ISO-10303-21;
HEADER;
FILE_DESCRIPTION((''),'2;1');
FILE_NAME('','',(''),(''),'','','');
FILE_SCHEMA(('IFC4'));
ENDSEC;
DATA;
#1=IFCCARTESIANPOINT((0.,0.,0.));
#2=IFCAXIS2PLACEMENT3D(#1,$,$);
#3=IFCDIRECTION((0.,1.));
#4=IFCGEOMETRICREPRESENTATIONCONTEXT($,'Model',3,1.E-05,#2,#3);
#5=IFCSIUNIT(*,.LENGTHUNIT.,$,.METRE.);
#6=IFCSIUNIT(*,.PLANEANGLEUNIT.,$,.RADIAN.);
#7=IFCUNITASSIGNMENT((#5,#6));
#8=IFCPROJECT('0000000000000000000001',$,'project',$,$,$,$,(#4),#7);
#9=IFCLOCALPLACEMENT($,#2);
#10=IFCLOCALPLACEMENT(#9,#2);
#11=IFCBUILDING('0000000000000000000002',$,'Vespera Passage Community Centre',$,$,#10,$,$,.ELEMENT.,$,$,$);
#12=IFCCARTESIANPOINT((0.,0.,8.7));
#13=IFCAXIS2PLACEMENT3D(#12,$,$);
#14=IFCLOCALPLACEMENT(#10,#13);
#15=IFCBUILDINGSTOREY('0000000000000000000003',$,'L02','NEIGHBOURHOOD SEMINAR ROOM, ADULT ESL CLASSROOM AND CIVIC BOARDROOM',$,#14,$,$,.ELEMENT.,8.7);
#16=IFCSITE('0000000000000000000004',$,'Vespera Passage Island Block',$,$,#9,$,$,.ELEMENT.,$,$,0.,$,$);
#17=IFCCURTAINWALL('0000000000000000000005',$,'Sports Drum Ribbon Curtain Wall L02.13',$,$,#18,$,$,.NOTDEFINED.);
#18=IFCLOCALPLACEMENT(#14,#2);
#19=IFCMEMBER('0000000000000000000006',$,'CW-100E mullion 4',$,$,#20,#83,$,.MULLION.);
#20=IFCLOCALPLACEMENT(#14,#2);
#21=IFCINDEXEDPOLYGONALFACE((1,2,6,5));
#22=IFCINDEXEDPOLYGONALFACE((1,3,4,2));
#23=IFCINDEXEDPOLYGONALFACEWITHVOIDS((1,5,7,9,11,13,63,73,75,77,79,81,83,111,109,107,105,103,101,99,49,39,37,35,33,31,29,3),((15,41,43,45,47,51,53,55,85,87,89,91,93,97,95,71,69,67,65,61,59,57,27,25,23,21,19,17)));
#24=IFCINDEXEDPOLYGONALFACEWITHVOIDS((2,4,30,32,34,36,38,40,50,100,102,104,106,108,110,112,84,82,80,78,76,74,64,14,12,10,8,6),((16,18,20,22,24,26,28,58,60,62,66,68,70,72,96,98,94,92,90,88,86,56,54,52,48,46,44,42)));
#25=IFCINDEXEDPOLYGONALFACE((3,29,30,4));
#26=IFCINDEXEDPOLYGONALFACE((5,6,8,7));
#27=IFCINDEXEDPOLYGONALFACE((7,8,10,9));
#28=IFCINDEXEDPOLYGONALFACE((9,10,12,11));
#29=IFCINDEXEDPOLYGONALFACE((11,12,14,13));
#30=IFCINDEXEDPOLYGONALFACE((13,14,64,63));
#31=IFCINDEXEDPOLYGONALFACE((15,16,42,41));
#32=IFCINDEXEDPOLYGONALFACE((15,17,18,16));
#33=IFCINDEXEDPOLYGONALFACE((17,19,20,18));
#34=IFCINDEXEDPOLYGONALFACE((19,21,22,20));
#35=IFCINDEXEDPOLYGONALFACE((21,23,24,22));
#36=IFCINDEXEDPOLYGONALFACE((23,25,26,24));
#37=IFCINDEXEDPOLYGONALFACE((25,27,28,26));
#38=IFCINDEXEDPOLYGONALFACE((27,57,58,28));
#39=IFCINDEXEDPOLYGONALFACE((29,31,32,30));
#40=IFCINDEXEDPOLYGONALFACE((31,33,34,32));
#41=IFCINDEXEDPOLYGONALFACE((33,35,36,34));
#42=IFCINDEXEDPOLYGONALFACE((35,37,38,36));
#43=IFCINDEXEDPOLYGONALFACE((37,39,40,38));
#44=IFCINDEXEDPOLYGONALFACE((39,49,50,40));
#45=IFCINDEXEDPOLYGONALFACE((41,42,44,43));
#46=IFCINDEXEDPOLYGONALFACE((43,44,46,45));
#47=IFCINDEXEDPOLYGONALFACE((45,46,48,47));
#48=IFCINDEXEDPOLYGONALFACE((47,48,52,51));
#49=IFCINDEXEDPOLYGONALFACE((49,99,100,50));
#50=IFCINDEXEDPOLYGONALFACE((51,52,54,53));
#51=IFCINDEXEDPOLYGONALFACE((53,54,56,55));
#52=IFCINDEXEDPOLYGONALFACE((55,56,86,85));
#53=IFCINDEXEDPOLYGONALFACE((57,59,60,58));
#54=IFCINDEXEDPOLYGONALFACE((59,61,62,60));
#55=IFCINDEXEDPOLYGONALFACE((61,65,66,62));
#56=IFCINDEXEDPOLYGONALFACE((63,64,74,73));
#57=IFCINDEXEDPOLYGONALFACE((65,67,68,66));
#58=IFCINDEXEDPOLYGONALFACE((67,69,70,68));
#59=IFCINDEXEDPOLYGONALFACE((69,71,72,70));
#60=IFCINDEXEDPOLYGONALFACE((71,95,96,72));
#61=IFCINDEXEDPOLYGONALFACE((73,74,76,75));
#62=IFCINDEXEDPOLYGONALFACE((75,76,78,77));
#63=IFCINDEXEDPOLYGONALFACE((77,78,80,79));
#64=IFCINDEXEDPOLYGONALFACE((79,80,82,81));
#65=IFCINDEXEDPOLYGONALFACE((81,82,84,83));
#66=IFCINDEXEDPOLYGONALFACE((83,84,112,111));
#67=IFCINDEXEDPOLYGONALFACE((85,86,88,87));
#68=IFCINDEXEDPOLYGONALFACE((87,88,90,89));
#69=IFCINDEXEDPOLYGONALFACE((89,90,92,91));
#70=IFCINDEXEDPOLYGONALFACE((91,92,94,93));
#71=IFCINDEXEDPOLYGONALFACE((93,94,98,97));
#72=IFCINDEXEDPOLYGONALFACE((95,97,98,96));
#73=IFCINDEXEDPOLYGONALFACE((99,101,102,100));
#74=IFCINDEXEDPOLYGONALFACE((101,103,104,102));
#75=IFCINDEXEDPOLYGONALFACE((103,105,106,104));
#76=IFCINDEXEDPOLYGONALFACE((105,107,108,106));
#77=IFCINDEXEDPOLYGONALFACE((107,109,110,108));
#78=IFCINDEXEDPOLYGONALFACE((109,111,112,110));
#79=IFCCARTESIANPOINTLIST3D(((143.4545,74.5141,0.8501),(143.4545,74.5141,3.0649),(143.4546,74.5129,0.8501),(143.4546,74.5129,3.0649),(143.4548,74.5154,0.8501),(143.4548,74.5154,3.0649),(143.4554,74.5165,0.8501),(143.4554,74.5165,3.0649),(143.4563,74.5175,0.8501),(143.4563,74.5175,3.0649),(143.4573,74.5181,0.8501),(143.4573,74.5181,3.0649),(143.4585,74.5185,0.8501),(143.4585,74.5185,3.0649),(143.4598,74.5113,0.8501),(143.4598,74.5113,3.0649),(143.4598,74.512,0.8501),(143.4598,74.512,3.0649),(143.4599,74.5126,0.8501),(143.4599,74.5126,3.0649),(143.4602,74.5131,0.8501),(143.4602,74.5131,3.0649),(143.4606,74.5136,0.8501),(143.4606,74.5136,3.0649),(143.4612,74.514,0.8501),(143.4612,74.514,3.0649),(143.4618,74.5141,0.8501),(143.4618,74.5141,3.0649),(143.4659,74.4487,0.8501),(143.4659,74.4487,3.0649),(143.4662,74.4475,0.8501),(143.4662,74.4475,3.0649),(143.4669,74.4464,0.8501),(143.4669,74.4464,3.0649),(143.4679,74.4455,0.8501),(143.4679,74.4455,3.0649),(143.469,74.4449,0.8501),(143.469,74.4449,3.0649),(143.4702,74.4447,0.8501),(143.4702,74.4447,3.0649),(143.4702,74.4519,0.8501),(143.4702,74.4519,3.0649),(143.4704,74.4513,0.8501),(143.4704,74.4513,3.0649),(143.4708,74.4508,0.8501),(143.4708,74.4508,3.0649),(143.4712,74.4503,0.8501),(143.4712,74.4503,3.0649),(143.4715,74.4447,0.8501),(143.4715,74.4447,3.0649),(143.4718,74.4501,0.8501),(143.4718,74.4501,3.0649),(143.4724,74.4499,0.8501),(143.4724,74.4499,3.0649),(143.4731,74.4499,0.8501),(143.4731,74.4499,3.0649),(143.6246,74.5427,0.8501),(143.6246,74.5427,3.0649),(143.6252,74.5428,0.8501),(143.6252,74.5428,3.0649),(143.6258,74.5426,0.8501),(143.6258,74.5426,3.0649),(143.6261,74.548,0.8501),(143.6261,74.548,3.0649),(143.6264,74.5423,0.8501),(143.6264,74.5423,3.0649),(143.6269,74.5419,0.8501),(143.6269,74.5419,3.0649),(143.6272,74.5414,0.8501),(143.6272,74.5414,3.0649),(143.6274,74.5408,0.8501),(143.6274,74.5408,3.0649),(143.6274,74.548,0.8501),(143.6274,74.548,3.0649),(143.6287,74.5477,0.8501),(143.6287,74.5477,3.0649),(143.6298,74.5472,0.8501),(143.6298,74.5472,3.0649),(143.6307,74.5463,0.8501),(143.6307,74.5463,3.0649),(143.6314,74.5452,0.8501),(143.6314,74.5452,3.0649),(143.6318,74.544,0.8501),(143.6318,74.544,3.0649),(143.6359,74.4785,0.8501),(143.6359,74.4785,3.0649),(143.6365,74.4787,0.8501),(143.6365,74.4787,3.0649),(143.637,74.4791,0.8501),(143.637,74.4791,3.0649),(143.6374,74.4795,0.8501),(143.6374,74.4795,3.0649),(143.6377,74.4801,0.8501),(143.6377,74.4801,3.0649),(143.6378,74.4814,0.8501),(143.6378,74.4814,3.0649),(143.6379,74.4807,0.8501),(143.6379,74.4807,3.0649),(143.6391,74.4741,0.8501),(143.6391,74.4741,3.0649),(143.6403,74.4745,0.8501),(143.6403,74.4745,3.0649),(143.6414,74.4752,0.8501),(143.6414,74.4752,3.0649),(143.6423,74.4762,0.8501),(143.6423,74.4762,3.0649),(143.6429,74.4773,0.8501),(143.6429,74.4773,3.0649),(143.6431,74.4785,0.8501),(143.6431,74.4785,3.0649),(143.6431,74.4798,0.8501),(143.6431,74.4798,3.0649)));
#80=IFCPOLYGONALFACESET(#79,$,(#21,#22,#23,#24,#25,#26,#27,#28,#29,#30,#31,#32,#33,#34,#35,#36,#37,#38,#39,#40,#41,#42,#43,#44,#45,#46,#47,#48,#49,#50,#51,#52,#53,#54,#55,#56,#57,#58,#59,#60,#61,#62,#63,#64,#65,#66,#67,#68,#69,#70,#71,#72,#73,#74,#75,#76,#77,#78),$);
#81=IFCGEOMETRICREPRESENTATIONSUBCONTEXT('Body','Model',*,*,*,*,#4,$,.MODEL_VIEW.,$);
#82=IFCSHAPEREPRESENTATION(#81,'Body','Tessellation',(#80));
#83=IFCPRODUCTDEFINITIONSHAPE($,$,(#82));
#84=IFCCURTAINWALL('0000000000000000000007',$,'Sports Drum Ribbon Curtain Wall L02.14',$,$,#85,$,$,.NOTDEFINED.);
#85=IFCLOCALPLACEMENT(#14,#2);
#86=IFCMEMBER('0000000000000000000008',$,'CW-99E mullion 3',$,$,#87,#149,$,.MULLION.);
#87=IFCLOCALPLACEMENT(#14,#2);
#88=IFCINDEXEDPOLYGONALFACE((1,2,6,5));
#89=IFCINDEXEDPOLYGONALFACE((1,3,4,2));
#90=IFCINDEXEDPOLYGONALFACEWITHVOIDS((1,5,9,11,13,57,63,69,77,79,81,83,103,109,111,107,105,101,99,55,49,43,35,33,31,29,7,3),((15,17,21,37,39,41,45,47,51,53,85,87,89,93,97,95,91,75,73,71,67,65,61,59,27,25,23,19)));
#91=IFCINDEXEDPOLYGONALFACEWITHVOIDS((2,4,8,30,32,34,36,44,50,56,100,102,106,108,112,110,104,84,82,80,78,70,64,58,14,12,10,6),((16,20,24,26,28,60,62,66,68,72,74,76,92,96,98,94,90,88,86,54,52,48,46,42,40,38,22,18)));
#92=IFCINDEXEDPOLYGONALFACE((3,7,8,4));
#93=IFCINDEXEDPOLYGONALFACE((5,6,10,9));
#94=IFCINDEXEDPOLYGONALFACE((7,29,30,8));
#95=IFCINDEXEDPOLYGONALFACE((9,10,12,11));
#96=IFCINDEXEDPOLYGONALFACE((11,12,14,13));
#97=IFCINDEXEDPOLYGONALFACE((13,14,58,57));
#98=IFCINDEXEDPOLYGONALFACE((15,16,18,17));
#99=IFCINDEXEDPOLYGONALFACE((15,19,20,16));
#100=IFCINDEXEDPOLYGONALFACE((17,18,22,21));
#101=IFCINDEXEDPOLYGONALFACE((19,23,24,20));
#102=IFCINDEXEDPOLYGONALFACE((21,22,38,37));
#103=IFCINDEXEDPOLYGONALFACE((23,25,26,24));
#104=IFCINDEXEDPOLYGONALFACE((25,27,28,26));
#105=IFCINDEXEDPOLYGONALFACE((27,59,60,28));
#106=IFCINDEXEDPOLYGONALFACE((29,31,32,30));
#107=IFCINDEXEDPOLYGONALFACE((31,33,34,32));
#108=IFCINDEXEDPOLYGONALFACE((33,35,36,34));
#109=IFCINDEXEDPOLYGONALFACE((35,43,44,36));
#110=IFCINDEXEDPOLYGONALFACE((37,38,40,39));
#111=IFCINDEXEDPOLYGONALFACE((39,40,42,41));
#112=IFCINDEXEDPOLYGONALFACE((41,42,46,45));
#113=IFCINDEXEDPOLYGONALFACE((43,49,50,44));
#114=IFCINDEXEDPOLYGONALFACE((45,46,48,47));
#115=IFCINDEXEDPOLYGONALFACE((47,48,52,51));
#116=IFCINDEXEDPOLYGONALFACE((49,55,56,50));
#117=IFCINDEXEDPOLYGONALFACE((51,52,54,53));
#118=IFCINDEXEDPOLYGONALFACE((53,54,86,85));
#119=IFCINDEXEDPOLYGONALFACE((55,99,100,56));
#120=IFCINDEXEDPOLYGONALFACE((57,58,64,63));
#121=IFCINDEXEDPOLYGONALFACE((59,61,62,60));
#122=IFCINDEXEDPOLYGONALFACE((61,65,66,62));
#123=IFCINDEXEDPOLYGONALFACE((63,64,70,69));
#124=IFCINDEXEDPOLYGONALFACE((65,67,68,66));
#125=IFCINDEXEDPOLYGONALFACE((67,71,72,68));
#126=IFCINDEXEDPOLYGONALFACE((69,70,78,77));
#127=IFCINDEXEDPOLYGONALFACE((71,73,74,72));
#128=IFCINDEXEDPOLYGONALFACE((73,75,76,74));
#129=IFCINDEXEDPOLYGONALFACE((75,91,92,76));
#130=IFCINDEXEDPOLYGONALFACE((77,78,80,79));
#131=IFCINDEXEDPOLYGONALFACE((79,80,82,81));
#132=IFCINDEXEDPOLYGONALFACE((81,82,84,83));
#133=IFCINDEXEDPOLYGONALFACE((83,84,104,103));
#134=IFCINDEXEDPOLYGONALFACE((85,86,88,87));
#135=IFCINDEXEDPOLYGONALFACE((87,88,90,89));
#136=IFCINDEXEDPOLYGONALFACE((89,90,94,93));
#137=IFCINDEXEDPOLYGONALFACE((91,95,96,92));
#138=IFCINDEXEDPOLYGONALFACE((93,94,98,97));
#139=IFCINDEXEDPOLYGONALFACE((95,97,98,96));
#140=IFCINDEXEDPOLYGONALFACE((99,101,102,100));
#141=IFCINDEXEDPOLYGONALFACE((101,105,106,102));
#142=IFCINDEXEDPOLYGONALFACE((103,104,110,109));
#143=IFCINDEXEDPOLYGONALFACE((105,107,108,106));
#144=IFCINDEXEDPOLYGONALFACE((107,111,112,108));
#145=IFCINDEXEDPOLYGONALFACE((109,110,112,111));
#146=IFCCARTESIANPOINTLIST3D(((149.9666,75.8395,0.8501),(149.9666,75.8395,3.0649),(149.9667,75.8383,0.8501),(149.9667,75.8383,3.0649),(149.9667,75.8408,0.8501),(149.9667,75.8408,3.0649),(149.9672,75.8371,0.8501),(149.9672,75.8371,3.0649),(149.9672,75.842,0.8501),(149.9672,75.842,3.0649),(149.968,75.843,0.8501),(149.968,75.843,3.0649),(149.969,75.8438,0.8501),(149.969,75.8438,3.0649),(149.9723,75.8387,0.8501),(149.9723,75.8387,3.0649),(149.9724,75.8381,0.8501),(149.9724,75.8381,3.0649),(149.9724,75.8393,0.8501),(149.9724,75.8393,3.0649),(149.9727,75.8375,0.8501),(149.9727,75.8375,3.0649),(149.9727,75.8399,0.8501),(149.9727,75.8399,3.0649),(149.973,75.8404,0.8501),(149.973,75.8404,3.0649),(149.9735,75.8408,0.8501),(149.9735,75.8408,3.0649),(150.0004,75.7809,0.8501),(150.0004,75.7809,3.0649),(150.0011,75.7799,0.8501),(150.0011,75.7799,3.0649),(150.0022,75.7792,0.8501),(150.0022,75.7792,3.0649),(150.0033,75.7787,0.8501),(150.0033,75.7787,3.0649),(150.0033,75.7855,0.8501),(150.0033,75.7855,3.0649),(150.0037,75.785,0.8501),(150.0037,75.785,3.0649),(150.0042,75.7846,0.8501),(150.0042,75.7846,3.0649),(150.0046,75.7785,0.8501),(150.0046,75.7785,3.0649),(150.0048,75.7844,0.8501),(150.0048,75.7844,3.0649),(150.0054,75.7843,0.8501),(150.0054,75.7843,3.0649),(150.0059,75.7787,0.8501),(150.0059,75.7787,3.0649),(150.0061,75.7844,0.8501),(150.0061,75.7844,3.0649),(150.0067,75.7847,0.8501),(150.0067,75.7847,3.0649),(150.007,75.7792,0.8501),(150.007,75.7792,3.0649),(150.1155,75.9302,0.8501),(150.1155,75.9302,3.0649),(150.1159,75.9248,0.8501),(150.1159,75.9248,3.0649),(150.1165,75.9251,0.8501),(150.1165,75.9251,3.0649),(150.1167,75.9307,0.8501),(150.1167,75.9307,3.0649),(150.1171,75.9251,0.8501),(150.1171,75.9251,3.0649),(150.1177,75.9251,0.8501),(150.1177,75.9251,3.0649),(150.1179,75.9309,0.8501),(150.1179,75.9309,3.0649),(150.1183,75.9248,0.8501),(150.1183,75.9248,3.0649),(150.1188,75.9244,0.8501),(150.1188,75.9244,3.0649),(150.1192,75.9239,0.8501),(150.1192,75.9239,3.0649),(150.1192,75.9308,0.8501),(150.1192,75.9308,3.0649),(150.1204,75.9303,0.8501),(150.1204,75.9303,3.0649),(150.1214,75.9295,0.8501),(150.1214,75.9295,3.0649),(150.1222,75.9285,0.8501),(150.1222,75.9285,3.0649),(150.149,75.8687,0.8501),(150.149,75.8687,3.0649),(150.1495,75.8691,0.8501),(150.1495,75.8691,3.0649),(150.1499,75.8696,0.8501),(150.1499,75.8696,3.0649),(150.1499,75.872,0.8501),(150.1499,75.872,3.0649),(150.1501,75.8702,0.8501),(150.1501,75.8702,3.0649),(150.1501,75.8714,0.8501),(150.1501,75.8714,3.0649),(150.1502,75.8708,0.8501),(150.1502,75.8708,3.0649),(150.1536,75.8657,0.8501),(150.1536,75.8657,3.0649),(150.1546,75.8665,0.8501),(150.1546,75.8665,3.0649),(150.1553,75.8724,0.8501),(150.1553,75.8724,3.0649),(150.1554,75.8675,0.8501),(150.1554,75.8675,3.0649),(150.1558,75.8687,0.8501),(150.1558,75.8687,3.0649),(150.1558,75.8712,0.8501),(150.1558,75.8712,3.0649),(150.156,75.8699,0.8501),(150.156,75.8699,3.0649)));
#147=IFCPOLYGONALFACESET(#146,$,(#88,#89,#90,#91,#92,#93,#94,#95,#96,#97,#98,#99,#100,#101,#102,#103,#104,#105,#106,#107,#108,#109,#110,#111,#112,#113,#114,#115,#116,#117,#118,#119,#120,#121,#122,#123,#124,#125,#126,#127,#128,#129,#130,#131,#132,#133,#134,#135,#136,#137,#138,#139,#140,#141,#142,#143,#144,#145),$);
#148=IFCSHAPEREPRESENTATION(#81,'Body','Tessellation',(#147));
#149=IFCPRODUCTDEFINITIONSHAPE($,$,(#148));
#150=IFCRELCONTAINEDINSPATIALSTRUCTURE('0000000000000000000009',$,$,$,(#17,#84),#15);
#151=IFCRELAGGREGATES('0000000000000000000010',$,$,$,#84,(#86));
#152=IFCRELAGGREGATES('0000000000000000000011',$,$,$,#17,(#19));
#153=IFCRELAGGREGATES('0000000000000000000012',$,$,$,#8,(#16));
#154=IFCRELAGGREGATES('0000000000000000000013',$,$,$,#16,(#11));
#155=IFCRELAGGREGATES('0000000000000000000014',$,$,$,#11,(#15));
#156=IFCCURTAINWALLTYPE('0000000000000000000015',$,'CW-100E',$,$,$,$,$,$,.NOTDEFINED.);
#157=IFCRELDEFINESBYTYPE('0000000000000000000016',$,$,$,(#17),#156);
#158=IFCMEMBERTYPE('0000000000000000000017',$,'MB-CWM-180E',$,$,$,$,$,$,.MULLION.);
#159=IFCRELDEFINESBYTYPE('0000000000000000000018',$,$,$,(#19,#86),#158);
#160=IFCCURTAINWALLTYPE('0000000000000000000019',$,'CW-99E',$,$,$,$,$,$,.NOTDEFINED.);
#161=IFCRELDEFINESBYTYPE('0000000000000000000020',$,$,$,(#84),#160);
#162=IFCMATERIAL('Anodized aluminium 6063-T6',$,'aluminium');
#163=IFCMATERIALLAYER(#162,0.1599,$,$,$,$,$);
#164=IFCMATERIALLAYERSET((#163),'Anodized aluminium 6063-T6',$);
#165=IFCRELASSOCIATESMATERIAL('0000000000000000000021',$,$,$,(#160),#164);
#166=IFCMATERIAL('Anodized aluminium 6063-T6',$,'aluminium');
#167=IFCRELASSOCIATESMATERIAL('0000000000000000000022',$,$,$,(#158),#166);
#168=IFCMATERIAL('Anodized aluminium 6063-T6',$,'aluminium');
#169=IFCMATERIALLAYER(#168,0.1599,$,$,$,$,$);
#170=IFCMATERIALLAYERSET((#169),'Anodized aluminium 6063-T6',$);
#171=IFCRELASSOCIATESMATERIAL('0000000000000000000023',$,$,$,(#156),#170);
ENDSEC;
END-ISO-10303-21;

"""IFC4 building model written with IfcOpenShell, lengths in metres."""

from ifc_helpers import new_model, si_unit, direction, frame, origin, origin_2d, place, context, subcontext, project, spatial, hollow_rectangle, extrude, material, layer, layer_set, material_profile, profile_set, type_object, element, aggregate, save


model = new_model("IFC4")

# Units and contexts
model_context = context("Model", 3, precision=1e-05, world=origin(), true_north=direction((0.0, 1.0)))
body_context = subcontext(model_context, "Body", "Model", "MODEL_VIEW")
ifc_project = project(units=[si_unit("LENGTHUNIT", "METRE"), si_unit("PLANEANGLEUNIT", "RADIAN")], contexts=[model_context])

# Site, building, storey
site_placement = place(None, origin())
site = spatial("IfcSite", under=ifc_project, at=site_placement, Name="Vespera Passage Island Block", CompositionType="ELEMENT", RefElevation=0.0)
building_placement = place(site_placement, origin())
building = spatial("IfcBuilding", under=site, at=building_placement, Name="Vespera Passage Community Centre", CompositionType="ELEMENT")
storey_placement = place(building_placement, frame((0.0, 0.0, 8.7)))
storey = spatial("IfcBuildingStorey", under=building, at=storey_placement, Name="L02", Description="NEIGHBOURHOOD SEMINAR ROOM, ADULT ESL CLASSROOM AND CIVIC BOARDROOM", CompositionType="ELEMENT", Elevation=8.7)

# Shared definitions
ifc_material_1 = material(Name="Anodized aluminium 6063-T6", Category="aluminium")
ifc_layer_1 = layer(ifc_material_1, 0.1599)
ifc_layer_set_1 = layer_set([ifc_layer_1], Name="Anodized aluminium 6063-T6")
curtain_wall_type_1 = type_object("IfcCurtainWallType", Name="CW-99E", PredefinedType="NOTDEFINED", material=ifc_layer_set_1)
ifc_material_2 = material(Name="Anodized aluminium 6063-T6", Category="aluminium")
ifc_material_profile_1 = material_profile(ifc_material_2, hollow_rectangle(XDim=0.075, YDim=0.1799, WallThickness=0.0049, InnerFilletRadius=0.0024, OuterFilletRadius=0.0049, at=origin_2d()), Name="ALU180X75X5")
ifc_profile_set_1 = profile_set([ifc_material_profile_1], Name="Anodized aluminium 6063-T6")
member_type_1 = type_object("IfcMemberType", Name="MB-CWM-180E", PredefinedType="MULLION", material=ifc_profile_set_1)

# Curtain wall, member
ifc_material_3 = material(Name="Anodized aluminium 6063-T6", Category="aluminium")
ifc_layer_2 = layer(ifc_material_3, 0.1599)
ifc_layer_set_2 = layer_set([ifc_layer_2], Name="Anodized aluminium 6063-T6")
curtain_wall_type_2 = type_object("IfcCurtainWallType", Name="CW-100E", PredefinedType="NOTDEFINED", material=ifc_layer_set_2)
curtain_wall_1_placement = place(storey_placement, origin())
curtain_wall_1 = element("IfcCurtainWall", 1, at=curtain_wall_1_placement, inside=storey, type_object=curtain_wall_type_2, Name="Sports Drum Ribbon Curtain Wall L02.13", PredefinedType="NOTDEFINED")
member_1_placement = place(storey_placement, frame((143.5488, 74.4963, 0.8501), z_axis=(0.0, 0.0, 1.0), x_axis=(0.172994, -0.984923, 0.0)))
member_1 = element("IfcMember", 2, at=member_1_placement, type_object=member_type_1, Name="CW-100E mullion 4", PredefinedType="MULLION", context=body_context, shape_type="SweptSolid", body=[
    extrude(hollow_rectangle(XDim=0.075, YDim=0.1799, WallThickness=0.0049, InnerFilletRadius=0.0024, OuterFilletRadius=0.0049, at=origin_2d()), origin(), (0.0, 0.0, 1.0), 2.2148),
])

# Curtain wall, member
curtain_wall_2_placement = place(storey_placement, origin())
curtain_wall_2 = element("IfcCurtainWall", 3, at=curtain_wall_2_placement, inside=storey, type_object=curtain_wall_type_1, Name="Sports Drum Ribbon Curtain Wall L02.14", PredefinedType="NOTDEFINED")
member_2_placement = place(storey_placement, frame((150.0613, 75.8547, 0.8501), z_axis=(0.0, 0.0, 1.0), x_axis=(0.50817, -0.861257, 0.0)))
member_2 = element("IfcMember", 4, at=member_2_placement, type_object=member_type_1, Name="CW-99E mullion 3", PredefinedType="MULLION", context=body_context, shape_type="SweptSolid", body=[
    extrude(hollow_rectangle(XDim=0.075, YDim=0.1799, WallThickness=0.0049, InnerFilletRadius=0.0024, OuterFilletRadius=0.0049, at=origin_2d()), origin(), (0.0, 0.0, 1.0), 2.2148),
])
aggregate(curtain_wall_2, [member_2])

aggregate(curtain_wall_1, [member_1])

save(model, "model.ifc")
